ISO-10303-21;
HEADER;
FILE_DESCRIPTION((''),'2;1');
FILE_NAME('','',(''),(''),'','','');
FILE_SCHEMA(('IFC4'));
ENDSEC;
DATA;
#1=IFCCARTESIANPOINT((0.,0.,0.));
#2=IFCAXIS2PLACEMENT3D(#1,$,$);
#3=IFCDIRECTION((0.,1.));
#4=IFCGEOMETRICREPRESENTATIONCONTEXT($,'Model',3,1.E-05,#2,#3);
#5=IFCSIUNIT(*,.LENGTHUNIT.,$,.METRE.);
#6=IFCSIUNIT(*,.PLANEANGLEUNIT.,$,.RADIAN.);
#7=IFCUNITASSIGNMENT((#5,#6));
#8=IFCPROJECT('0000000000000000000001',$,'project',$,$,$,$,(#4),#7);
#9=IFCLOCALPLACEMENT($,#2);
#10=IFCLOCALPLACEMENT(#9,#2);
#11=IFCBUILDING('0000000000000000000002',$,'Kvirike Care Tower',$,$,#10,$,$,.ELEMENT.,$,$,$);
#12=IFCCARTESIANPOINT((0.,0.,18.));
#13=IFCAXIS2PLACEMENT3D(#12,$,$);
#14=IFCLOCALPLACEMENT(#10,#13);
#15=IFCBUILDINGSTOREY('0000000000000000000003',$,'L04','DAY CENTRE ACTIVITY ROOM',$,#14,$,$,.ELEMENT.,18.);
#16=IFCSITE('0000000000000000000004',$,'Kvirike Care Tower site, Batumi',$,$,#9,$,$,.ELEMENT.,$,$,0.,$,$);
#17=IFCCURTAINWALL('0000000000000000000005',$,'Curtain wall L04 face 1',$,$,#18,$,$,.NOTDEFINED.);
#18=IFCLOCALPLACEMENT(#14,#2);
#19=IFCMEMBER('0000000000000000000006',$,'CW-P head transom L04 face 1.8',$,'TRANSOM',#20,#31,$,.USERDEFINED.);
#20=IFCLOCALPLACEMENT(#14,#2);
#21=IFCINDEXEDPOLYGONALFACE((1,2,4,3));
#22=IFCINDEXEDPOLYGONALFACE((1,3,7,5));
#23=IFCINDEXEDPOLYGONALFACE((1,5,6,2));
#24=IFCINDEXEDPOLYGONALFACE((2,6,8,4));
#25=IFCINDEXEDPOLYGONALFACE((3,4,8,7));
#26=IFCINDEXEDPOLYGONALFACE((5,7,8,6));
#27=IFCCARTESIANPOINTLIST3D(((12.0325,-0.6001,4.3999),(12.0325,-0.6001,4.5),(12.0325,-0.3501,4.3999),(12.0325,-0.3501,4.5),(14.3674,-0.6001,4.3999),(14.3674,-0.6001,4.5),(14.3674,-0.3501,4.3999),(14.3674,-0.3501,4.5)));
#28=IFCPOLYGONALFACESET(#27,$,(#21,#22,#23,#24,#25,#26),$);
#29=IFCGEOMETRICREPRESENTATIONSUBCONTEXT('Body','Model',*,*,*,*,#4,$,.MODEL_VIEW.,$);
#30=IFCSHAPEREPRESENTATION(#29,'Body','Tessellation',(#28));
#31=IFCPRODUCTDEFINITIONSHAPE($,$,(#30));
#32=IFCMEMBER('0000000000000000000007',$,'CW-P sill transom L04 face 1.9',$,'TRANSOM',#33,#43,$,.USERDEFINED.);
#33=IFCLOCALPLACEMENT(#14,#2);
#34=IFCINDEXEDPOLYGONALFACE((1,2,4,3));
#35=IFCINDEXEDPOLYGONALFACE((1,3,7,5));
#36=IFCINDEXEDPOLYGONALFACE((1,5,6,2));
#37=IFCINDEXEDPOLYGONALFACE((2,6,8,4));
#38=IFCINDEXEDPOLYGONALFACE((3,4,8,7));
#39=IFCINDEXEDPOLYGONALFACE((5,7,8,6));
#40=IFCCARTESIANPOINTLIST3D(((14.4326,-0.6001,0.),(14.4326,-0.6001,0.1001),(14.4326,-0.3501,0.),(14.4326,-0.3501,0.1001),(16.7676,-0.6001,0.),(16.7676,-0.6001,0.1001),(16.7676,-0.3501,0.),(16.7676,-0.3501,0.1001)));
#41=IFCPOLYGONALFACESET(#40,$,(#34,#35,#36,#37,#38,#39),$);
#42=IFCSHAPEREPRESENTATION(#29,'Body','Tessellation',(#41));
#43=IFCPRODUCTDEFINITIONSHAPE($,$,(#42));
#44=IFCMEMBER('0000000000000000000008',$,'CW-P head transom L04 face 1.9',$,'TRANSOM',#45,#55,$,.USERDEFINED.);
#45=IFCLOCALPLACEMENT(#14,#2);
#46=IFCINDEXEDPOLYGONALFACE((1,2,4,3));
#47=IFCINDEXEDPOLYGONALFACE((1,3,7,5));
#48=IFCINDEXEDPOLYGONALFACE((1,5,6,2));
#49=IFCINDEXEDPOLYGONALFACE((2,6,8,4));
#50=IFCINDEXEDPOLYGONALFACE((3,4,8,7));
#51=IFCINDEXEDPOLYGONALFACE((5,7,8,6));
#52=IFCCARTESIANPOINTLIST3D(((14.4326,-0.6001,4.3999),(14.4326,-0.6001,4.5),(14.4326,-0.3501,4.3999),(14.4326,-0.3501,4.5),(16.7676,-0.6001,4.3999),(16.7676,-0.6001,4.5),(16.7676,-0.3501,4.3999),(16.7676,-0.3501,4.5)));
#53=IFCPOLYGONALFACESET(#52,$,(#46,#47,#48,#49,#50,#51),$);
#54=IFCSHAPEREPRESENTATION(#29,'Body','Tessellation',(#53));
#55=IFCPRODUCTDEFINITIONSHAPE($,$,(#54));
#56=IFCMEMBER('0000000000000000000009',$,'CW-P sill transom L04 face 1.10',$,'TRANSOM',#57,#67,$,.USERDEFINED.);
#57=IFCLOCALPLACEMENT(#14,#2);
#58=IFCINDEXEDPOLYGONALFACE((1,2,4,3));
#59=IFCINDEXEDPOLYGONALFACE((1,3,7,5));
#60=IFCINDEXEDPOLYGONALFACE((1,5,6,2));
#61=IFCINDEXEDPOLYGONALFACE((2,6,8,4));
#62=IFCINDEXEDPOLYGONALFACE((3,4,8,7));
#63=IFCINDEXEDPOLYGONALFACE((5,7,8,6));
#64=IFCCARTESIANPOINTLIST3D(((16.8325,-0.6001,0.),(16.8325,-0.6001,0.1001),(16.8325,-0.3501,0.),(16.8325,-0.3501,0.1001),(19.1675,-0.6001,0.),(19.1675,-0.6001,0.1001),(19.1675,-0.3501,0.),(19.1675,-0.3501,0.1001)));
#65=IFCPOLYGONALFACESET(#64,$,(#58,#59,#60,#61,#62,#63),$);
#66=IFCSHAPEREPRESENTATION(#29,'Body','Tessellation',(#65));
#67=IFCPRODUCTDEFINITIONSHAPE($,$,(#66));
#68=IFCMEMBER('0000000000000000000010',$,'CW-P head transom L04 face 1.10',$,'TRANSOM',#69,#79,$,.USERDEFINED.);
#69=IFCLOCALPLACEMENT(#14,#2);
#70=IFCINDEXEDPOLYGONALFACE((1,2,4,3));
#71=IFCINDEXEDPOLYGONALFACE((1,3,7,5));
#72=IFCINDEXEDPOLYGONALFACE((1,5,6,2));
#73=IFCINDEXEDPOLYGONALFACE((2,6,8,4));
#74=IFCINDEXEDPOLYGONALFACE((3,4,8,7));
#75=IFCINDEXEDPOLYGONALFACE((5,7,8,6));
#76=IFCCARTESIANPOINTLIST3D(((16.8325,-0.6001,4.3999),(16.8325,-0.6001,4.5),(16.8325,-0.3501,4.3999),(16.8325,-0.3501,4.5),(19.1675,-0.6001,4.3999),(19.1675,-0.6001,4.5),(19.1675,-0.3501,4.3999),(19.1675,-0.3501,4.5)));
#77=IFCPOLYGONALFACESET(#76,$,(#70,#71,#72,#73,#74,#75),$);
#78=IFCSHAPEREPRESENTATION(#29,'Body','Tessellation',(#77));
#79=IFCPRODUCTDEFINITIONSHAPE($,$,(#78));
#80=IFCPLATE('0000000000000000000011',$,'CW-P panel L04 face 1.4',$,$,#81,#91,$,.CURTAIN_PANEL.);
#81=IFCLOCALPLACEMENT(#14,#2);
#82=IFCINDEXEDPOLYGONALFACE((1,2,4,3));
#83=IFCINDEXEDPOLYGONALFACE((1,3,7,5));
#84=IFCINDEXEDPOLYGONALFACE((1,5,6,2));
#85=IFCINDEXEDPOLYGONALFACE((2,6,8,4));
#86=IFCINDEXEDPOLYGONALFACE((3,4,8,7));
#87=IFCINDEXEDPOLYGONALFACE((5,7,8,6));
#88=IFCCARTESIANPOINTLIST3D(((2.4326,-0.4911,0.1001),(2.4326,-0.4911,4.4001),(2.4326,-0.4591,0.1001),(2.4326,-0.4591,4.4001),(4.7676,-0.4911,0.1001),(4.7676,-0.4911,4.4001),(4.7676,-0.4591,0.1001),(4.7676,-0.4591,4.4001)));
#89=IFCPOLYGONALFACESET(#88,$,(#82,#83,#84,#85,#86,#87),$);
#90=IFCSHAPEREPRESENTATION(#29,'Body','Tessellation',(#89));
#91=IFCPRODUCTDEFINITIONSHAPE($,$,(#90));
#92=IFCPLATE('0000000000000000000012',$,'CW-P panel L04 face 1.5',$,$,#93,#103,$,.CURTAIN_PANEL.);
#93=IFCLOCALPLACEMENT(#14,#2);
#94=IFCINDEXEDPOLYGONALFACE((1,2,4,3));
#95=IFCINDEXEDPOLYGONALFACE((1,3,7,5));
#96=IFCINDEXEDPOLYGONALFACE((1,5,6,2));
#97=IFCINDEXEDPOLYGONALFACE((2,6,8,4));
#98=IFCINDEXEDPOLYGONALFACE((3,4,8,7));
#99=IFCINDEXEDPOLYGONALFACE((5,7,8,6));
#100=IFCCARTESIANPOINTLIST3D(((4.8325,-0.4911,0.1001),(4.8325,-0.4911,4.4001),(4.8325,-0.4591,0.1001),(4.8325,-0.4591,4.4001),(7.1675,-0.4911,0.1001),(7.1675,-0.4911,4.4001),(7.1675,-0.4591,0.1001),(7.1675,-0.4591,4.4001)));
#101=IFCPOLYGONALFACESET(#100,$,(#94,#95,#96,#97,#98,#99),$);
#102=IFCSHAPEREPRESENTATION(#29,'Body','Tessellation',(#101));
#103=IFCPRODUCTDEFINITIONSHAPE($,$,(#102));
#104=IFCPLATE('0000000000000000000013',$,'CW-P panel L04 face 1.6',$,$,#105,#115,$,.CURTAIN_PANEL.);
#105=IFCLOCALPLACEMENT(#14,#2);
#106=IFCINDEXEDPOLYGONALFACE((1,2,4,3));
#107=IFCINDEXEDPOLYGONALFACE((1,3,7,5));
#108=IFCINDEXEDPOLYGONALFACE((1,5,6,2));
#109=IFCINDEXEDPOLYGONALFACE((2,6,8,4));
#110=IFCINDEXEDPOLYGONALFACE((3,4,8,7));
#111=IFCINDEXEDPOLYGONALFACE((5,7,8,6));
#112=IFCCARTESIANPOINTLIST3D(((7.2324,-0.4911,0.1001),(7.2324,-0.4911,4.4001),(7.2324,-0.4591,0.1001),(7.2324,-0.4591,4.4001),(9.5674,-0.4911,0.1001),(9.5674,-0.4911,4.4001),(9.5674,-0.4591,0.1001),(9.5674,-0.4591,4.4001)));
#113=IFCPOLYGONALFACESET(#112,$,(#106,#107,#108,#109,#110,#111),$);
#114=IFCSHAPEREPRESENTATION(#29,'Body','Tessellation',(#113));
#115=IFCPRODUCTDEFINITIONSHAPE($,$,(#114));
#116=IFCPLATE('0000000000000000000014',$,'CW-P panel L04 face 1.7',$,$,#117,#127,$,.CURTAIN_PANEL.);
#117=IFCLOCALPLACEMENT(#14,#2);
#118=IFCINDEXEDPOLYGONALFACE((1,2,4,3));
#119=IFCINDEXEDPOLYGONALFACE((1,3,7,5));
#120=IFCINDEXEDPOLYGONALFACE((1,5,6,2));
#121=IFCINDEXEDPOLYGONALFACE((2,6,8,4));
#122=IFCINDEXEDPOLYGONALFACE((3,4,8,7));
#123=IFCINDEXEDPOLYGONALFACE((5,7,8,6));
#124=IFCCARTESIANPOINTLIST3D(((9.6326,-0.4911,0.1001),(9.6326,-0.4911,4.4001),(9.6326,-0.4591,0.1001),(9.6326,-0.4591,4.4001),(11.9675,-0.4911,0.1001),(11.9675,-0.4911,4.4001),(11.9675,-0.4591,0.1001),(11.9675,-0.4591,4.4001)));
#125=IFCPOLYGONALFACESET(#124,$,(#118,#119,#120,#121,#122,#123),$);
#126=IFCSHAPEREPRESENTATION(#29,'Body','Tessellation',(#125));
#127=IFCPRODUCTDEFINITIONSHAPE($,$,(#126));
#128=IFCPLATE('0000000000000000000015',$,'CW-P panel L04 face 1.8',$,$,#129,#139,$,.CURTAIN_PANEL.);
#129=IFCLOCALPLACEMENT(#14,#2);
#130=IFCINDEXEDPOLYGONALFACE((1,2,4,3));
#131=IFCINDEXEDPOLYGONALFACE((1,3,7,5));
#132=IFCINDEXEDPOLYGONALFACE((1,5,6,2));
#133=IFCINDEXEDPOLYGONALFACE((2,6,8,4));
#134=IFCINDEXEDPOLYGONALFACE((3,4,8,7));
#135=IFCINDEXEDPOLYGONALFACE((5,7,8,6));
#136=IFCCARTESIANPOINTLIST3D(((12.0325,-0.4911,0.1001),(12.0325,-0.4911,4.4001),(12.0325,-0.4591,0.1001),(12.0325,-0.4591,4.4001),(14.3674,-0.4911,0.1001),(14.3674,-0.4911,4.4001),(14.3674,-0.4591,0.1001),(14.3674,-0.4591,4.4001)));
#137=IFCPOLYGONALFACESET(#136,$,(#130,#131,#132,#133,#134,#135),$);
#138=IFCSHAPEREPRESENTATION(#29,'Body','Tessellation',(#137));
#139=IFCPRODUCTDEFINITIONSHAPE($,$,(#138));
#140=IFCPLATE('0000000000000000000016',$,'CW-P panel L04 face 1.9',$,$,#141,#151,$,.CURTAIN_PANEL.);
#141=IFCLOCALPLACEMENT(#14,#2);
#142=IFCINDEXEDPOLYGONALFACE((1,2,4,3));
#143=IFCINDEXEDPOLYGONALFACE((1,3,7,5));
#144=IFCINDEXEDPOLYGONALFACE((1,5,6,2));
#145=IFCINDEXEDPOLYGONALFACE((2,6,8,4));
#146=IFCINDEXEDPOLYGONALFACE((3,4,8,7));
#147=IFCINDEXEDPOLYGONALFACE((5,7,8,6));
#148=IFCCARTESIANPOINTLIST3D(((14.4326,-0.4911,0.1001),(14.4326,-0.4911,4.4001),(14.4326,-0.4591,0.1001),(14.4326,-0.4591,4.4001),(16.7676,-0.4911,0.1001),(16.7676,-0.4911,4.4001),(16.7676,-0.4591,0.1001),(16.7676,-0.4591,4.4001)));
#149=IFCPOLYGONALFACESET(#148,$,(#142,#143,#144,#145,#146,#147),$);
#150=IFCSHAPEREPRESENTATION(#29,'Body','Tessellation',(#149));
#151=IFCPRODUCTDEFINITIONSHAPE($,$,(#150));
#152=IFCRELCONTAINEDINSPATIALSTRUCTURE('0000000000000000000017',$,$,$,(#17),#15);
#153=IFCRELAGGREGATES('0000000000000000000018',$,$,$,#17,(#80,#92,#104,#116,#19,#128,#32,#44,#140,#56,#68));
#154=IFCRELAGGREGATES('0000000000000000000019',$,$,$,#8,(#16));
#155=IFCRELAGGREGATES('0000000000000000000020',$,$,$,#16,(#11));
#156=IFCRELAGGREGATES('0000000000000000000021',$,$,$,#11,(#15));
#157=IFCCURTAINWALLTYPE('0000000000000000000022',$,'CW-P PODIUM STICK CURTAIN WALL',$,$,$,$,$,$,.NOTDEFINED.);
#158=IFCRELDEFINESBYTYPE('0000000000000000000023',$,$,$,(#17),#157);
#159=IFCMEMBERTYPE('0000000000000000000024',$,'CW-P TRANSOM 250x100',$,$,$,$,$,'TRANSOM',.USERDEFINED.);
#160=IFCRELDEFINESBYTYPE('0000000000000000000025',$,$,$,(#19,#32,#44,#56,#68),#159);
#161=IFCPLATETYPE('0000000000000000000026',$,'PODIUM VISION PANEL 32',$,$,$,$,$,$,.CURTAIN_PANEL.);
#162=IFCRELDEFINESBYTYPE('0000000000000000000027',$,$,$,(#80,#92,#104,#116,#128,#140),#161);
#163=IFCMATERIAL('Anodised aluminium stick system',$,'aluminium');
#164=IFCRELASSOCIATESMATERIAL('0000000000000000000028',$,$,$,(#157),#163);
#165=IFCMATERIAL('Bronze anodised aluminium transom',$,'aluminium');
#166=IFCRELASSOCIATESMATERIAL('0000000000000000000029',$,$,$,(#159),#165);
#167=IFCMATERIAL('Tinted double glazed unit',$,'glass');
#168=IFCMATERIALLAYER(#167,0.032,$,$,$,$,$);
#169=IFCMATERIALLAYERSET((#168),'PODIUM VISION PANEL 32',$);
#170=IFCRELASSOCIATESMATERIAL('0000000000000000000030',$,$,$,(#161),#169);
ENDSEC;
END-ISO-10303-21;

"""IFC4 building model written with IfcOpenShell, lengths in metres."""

from ifc_helpers import new_model, si_unit, direction, frame, origin, origin_2d, place, context, subcontext, project, spatial, rectangle, extrude, material, layer, layer_set, material_profile, profile_set, type_object, element, aggregate, save


model = new_model("IFC4")

# Units and contexts
model_context = context("Model", 3, precision=1e-05, world=origin(), true_north=direction((0.0, 1.0)))
body_context = subcontext(model_context, "Body", "Model", "MODEL_VIEW")
ifc_project = project(units=[si_unit("LENGTHUNIT", "METRE"), si_unit("PLANEANGLEUNIT", "RADIAN")], contexts=[model_context])

# Site, building, storey
site_placement = place(None, origin())
site = spatial("IfcSite", under=ifc_project, at=site_placement, Name="Kvirike Care Tower site, Batumi", CompositionType="ELEMENT", RefElevation=0.0)
building_placement = place(site_placement, origin())
building = spatial("IfcBuilding", under=site, at=building_placement, Name="Kvirike Care Tower", CompositionType="ELEMENT")
storey_placement = place(building_placement, frame((0.0, 0.0, 18.0)))
storey = spatial("IfcBuildingStorey", under=building, at=storey_placement, Name="L04", Description="DAY CENTRE ACTIVITY ROOM", CompositionType="ELEMENT", Elevation=18.0)

# Curtain wall, members, plates
ifc_material_1 = material(Name="Anodised aluminium stick system", Category="aluminium")
curtain_wall_type = type_object("IfcCurtainWallType", Name="CW-P PODIUM STICK CURTAIN WALL", PredefinedType="NOTDEFINED", material=ifc_material_1)
curtain_wall_placement = place(storey_placement, origin())
curtain_wall = element("IfcCurtainWall", 1, at=curtain_wall_placement, inside=storey, type_object=curtain_wall_type, Name="Curtain wall L04 face 1", PredefinedType="NOTDEFINED")
ifc_material_2 = material(Name="Bronze anodised aluminium transom", Category="aluminium")
ifc_material_profile_1 = material_profile(ifc_material_2, rectangle(XDim=0.25, YDim=0.1001, at=origin_2d()), Name="CW-P TRANSOM 250x100")
ifc_profile_set_1 = profile_set([ifc_material_profile_1], Name="Bronze anodised aluminium transom")
member_type_1 = type_object("IfcMemberType", Name="CW-P TRANSOM 250x100", ElementType="TRANSOM", PredefinedType="USERDEFINED", material=ifc_profile_set_1)
member_1_placement = place(storey_placement, frame((12.0325, -0.4751, 4.45), z_axis=(1.0, 0.0, 0.0), x_axis=(0.0, 1.0, 0.0)))
member_1 = element("IfcMember", 2, at=member_1_placement, type_object=member_type_1, Name="CW-P head transom L04 face 1.8", ObjectType="TRANSOM", PredefinedType="USERDEFINED", context=body_context, shape_type="SweptSolid", body=[
    extrude(rectangle(XDim=0.25, YDim=0.1001, at=origin_2d()), origin(), (0.0, 0.0, 1.0), 2.335),
])
member_2_placement = place(storey_placement, frame((14.4326, -0.4751, 0.05), z_axis=(1.0, 0.0, 0.0), x_axis=(0.0, 1.0, 0.0)))
member_2 = element("IfcMember", 3, at=member_2_placement, type_object=member_type_1, Name="CW-P sill transom L04 face 1.9", ObjectType="TRANSOM", PredefinedType="USERDEFINED", context=body_context, shape_type="SweptSolid", body=[
    extrude(rectangle(XDim=0.25, YDim=0.1001, at=origin_2d()), origin(), (0.0, 0.0, 1.0), 2.335),
])
member_3_placement = place(storey_placement, frame((14.4326, -0.4751, 4.45), z_axis=(1.0, 0.0, 0.0), x_axis=(0.0, 1.0, 0.0)))
member_3 = element("IfcMember", 4, at=member_3_placement, type_object=member_type_1, Name="CW-P head transom L04 face 1.9", ObjectType="TRANSOM", PredefinedType="USERDEFINED", context=body_context, shape_type="SweptSolid", body=[
    extrude(rectangle(XDim=0.25, YDim=0.1001, at=origin_2d()), origin(), (0.0, 0.0, 1.0), 2.335),
])
member_4_placement = place(storey_placement, frame((16.8325, -0.4751, 0.05), z_axis=(1.0, 0.0, 0.0), x_axis=(0.0, 1.0, 0.0)))
member_4 = element("IfcMember", 5, at=member_4_placement, type_object=member_type_1, Name="CW-P sill transom L04 face 1.10", ObjectType="TRANSOM", PredefinedType="USERDEFINED", context=body_context, shape_type="SweptSolid", body=[
    extrude(rectangle(XDim=0.25, YDim=0.1001, at=origin_2d()), origin(), (0.0, 0.0, 1.0), 2.335),
])
member_5_placement = place(storey_placement, frame((16.8325, -0.4751, 4.45), z_axis=(1.0, 0.0, 0.0), x_axis=(0.0, 1.0, 0.0)))
member_5 = element("IfcMember", 6, at=member_5_placement, type_object=member_type_1, Name="CW-P head transom L04 face 1.10", ObjectType="TRANSOM", PredefinedType="USERDEFINED", context=body_context, shape_type="SweptSolid", body=[
    extrude(rectangle(XDim=0.25, YDim=0.1001, at=origin_2d()), origin(), (0.0, 0.0, 1.0), 2.335),
])
ifc_material_3 = material(Name="Tinted double glazed unit", Category="glass")
ifc_layer = layer(ifc_material_3, 0.032)
ifc_layer_set = layer_set([ifc_layer], Name="PODIUM VISION PANEL 32")
plate_type = type_object("IfcPlateType", Name="PODIUM VISION PANEL 32", PredefinedType="CURTAIN_PANEL", material=ifc_layer_set)
plate_1_placement = place(storey_placement, frame((3.6001, -0.4751, 0.1001), z_axis=(0.0, 0.0, 1.0), x_axis=(1.0, 0.0, 0.0)))
plate_1 = element("IfcPlate", 7, at=plate_1_placement, type_object=plate_type, Name="CW-P panel L04 face 1.4", PredefinedType="CURTAIN_PANEL", context=body_context, shape_type="SweptSolid", body=[
    extrude(rectangle(XDim=2.335, YDim=0.032, at=origin_2d()), origin(), (0.0, 0.0, 1.0), 4.3),
])
plate_2_placement = place(storey_placement, frame((6.0, -0.4751, 0.1001), z_axis=(0.0, 0.0, 1.0), x_axis=(1.0, 0.0, 0.0)))
plate_2 = element("IfcPlate", 8, at=plate_2_placement, type_object=plate_type, Name="CW-P panel L04 face 1.5", PredefinedType="CURTAIN_PANEL", context=body_context, shape_type="SweptSolid", body=[
    extrude(rectangle(XDim=2.335, YDim=0.032, at=origin_2d()), origin(), (0.0, 0.0, 1.0), 4.3),
])
plate_3_placement = place(storey_placement, frame((8.3999, -0.4751, 0.1001), z_axis=(0.0, 0.0, 1.0), x_axis=(1.0, 0.0, 0.0)))
plate_3 = element("IfcPlate", 9, at=plate_3_placement, type_object=plate_type, Name="CW-P panel L04 face 1.6", PredefinedType="CURTAIN_PANEL", context=body_context, shape_type="SweptSolid", body=[
    extrude(rectangle(XDim=2.335, YDim=0.032, at=origin_2d()), origin(), (0.0, 0.0, 1.0), 4.3),
])
plate_4_placement = place(storey_placement, frame((10.8, -0.4751, 0.1001), z_axis=(0.0, 0.0, 1.0), x_axis=(1.0, 0.0, 0.0)))
plate_4 = element("IfcPlate", 10, at=plate_4_placement, type_object=plate_type, Name="CW-P panel L04 face 1.7", PredefinedType="CURTAIN_PANEL", context=body_context, shape_type="SweptSolid", body=[
    extrude(rectangle(XDim=2.335, YDim=0.032, at=origin_2d()), origin(), (0.0, 0.0, 1.0), 4.3),
])
plate_5_placement = place(storey_placement, frame((13.2, -0.4751, 0.1001), z_axis=(0.0, 0.0, 1.0), x_axis=(1.0, 0.0, 0.0)))
plate_5 = element("IfcPlate", 11, at=plate_5_placement, type_object=plate_type, Name="CW-P panel L04 face 1.8", PredefinedType="CURTAIN_PANEL", context=body_context, shape_type="SweptSolid", body=[
    extrude(rectangle(XDim=2.335, YDim=0.032, at=origin_2d()), origin(), (0.0, 0.0, 1.0), 4.3),
])
plate_6_placement = place(storey_placement, frame((15.6001, -0.4751, 0.1001), z_axis=(0.0, 0.0, 1.0), x_axis=(1.0, 0.0, 0.0)))
plate_6 = element("IfcPlate", 12, at=plate_6_placement, type_object=plate_type, Name="CW-P panel L04 face 1.9", PredefinedType="CURTAIN_PANEL", context=body_context, shape_type="SweptSolid", body=[
    extrude(rectangle(XDim=2.335, YDim=0.032, at=origin_2d()), origin(), (0.0, 0.0, 1.0), 4.3),
])
aggregate(curtain_wall, [plate_1, plate_2, plate_3, plate_4, member_1, plate_5, member_2, member_3, plate_6, member_4, member_5])

save(model, "model.ifc")
